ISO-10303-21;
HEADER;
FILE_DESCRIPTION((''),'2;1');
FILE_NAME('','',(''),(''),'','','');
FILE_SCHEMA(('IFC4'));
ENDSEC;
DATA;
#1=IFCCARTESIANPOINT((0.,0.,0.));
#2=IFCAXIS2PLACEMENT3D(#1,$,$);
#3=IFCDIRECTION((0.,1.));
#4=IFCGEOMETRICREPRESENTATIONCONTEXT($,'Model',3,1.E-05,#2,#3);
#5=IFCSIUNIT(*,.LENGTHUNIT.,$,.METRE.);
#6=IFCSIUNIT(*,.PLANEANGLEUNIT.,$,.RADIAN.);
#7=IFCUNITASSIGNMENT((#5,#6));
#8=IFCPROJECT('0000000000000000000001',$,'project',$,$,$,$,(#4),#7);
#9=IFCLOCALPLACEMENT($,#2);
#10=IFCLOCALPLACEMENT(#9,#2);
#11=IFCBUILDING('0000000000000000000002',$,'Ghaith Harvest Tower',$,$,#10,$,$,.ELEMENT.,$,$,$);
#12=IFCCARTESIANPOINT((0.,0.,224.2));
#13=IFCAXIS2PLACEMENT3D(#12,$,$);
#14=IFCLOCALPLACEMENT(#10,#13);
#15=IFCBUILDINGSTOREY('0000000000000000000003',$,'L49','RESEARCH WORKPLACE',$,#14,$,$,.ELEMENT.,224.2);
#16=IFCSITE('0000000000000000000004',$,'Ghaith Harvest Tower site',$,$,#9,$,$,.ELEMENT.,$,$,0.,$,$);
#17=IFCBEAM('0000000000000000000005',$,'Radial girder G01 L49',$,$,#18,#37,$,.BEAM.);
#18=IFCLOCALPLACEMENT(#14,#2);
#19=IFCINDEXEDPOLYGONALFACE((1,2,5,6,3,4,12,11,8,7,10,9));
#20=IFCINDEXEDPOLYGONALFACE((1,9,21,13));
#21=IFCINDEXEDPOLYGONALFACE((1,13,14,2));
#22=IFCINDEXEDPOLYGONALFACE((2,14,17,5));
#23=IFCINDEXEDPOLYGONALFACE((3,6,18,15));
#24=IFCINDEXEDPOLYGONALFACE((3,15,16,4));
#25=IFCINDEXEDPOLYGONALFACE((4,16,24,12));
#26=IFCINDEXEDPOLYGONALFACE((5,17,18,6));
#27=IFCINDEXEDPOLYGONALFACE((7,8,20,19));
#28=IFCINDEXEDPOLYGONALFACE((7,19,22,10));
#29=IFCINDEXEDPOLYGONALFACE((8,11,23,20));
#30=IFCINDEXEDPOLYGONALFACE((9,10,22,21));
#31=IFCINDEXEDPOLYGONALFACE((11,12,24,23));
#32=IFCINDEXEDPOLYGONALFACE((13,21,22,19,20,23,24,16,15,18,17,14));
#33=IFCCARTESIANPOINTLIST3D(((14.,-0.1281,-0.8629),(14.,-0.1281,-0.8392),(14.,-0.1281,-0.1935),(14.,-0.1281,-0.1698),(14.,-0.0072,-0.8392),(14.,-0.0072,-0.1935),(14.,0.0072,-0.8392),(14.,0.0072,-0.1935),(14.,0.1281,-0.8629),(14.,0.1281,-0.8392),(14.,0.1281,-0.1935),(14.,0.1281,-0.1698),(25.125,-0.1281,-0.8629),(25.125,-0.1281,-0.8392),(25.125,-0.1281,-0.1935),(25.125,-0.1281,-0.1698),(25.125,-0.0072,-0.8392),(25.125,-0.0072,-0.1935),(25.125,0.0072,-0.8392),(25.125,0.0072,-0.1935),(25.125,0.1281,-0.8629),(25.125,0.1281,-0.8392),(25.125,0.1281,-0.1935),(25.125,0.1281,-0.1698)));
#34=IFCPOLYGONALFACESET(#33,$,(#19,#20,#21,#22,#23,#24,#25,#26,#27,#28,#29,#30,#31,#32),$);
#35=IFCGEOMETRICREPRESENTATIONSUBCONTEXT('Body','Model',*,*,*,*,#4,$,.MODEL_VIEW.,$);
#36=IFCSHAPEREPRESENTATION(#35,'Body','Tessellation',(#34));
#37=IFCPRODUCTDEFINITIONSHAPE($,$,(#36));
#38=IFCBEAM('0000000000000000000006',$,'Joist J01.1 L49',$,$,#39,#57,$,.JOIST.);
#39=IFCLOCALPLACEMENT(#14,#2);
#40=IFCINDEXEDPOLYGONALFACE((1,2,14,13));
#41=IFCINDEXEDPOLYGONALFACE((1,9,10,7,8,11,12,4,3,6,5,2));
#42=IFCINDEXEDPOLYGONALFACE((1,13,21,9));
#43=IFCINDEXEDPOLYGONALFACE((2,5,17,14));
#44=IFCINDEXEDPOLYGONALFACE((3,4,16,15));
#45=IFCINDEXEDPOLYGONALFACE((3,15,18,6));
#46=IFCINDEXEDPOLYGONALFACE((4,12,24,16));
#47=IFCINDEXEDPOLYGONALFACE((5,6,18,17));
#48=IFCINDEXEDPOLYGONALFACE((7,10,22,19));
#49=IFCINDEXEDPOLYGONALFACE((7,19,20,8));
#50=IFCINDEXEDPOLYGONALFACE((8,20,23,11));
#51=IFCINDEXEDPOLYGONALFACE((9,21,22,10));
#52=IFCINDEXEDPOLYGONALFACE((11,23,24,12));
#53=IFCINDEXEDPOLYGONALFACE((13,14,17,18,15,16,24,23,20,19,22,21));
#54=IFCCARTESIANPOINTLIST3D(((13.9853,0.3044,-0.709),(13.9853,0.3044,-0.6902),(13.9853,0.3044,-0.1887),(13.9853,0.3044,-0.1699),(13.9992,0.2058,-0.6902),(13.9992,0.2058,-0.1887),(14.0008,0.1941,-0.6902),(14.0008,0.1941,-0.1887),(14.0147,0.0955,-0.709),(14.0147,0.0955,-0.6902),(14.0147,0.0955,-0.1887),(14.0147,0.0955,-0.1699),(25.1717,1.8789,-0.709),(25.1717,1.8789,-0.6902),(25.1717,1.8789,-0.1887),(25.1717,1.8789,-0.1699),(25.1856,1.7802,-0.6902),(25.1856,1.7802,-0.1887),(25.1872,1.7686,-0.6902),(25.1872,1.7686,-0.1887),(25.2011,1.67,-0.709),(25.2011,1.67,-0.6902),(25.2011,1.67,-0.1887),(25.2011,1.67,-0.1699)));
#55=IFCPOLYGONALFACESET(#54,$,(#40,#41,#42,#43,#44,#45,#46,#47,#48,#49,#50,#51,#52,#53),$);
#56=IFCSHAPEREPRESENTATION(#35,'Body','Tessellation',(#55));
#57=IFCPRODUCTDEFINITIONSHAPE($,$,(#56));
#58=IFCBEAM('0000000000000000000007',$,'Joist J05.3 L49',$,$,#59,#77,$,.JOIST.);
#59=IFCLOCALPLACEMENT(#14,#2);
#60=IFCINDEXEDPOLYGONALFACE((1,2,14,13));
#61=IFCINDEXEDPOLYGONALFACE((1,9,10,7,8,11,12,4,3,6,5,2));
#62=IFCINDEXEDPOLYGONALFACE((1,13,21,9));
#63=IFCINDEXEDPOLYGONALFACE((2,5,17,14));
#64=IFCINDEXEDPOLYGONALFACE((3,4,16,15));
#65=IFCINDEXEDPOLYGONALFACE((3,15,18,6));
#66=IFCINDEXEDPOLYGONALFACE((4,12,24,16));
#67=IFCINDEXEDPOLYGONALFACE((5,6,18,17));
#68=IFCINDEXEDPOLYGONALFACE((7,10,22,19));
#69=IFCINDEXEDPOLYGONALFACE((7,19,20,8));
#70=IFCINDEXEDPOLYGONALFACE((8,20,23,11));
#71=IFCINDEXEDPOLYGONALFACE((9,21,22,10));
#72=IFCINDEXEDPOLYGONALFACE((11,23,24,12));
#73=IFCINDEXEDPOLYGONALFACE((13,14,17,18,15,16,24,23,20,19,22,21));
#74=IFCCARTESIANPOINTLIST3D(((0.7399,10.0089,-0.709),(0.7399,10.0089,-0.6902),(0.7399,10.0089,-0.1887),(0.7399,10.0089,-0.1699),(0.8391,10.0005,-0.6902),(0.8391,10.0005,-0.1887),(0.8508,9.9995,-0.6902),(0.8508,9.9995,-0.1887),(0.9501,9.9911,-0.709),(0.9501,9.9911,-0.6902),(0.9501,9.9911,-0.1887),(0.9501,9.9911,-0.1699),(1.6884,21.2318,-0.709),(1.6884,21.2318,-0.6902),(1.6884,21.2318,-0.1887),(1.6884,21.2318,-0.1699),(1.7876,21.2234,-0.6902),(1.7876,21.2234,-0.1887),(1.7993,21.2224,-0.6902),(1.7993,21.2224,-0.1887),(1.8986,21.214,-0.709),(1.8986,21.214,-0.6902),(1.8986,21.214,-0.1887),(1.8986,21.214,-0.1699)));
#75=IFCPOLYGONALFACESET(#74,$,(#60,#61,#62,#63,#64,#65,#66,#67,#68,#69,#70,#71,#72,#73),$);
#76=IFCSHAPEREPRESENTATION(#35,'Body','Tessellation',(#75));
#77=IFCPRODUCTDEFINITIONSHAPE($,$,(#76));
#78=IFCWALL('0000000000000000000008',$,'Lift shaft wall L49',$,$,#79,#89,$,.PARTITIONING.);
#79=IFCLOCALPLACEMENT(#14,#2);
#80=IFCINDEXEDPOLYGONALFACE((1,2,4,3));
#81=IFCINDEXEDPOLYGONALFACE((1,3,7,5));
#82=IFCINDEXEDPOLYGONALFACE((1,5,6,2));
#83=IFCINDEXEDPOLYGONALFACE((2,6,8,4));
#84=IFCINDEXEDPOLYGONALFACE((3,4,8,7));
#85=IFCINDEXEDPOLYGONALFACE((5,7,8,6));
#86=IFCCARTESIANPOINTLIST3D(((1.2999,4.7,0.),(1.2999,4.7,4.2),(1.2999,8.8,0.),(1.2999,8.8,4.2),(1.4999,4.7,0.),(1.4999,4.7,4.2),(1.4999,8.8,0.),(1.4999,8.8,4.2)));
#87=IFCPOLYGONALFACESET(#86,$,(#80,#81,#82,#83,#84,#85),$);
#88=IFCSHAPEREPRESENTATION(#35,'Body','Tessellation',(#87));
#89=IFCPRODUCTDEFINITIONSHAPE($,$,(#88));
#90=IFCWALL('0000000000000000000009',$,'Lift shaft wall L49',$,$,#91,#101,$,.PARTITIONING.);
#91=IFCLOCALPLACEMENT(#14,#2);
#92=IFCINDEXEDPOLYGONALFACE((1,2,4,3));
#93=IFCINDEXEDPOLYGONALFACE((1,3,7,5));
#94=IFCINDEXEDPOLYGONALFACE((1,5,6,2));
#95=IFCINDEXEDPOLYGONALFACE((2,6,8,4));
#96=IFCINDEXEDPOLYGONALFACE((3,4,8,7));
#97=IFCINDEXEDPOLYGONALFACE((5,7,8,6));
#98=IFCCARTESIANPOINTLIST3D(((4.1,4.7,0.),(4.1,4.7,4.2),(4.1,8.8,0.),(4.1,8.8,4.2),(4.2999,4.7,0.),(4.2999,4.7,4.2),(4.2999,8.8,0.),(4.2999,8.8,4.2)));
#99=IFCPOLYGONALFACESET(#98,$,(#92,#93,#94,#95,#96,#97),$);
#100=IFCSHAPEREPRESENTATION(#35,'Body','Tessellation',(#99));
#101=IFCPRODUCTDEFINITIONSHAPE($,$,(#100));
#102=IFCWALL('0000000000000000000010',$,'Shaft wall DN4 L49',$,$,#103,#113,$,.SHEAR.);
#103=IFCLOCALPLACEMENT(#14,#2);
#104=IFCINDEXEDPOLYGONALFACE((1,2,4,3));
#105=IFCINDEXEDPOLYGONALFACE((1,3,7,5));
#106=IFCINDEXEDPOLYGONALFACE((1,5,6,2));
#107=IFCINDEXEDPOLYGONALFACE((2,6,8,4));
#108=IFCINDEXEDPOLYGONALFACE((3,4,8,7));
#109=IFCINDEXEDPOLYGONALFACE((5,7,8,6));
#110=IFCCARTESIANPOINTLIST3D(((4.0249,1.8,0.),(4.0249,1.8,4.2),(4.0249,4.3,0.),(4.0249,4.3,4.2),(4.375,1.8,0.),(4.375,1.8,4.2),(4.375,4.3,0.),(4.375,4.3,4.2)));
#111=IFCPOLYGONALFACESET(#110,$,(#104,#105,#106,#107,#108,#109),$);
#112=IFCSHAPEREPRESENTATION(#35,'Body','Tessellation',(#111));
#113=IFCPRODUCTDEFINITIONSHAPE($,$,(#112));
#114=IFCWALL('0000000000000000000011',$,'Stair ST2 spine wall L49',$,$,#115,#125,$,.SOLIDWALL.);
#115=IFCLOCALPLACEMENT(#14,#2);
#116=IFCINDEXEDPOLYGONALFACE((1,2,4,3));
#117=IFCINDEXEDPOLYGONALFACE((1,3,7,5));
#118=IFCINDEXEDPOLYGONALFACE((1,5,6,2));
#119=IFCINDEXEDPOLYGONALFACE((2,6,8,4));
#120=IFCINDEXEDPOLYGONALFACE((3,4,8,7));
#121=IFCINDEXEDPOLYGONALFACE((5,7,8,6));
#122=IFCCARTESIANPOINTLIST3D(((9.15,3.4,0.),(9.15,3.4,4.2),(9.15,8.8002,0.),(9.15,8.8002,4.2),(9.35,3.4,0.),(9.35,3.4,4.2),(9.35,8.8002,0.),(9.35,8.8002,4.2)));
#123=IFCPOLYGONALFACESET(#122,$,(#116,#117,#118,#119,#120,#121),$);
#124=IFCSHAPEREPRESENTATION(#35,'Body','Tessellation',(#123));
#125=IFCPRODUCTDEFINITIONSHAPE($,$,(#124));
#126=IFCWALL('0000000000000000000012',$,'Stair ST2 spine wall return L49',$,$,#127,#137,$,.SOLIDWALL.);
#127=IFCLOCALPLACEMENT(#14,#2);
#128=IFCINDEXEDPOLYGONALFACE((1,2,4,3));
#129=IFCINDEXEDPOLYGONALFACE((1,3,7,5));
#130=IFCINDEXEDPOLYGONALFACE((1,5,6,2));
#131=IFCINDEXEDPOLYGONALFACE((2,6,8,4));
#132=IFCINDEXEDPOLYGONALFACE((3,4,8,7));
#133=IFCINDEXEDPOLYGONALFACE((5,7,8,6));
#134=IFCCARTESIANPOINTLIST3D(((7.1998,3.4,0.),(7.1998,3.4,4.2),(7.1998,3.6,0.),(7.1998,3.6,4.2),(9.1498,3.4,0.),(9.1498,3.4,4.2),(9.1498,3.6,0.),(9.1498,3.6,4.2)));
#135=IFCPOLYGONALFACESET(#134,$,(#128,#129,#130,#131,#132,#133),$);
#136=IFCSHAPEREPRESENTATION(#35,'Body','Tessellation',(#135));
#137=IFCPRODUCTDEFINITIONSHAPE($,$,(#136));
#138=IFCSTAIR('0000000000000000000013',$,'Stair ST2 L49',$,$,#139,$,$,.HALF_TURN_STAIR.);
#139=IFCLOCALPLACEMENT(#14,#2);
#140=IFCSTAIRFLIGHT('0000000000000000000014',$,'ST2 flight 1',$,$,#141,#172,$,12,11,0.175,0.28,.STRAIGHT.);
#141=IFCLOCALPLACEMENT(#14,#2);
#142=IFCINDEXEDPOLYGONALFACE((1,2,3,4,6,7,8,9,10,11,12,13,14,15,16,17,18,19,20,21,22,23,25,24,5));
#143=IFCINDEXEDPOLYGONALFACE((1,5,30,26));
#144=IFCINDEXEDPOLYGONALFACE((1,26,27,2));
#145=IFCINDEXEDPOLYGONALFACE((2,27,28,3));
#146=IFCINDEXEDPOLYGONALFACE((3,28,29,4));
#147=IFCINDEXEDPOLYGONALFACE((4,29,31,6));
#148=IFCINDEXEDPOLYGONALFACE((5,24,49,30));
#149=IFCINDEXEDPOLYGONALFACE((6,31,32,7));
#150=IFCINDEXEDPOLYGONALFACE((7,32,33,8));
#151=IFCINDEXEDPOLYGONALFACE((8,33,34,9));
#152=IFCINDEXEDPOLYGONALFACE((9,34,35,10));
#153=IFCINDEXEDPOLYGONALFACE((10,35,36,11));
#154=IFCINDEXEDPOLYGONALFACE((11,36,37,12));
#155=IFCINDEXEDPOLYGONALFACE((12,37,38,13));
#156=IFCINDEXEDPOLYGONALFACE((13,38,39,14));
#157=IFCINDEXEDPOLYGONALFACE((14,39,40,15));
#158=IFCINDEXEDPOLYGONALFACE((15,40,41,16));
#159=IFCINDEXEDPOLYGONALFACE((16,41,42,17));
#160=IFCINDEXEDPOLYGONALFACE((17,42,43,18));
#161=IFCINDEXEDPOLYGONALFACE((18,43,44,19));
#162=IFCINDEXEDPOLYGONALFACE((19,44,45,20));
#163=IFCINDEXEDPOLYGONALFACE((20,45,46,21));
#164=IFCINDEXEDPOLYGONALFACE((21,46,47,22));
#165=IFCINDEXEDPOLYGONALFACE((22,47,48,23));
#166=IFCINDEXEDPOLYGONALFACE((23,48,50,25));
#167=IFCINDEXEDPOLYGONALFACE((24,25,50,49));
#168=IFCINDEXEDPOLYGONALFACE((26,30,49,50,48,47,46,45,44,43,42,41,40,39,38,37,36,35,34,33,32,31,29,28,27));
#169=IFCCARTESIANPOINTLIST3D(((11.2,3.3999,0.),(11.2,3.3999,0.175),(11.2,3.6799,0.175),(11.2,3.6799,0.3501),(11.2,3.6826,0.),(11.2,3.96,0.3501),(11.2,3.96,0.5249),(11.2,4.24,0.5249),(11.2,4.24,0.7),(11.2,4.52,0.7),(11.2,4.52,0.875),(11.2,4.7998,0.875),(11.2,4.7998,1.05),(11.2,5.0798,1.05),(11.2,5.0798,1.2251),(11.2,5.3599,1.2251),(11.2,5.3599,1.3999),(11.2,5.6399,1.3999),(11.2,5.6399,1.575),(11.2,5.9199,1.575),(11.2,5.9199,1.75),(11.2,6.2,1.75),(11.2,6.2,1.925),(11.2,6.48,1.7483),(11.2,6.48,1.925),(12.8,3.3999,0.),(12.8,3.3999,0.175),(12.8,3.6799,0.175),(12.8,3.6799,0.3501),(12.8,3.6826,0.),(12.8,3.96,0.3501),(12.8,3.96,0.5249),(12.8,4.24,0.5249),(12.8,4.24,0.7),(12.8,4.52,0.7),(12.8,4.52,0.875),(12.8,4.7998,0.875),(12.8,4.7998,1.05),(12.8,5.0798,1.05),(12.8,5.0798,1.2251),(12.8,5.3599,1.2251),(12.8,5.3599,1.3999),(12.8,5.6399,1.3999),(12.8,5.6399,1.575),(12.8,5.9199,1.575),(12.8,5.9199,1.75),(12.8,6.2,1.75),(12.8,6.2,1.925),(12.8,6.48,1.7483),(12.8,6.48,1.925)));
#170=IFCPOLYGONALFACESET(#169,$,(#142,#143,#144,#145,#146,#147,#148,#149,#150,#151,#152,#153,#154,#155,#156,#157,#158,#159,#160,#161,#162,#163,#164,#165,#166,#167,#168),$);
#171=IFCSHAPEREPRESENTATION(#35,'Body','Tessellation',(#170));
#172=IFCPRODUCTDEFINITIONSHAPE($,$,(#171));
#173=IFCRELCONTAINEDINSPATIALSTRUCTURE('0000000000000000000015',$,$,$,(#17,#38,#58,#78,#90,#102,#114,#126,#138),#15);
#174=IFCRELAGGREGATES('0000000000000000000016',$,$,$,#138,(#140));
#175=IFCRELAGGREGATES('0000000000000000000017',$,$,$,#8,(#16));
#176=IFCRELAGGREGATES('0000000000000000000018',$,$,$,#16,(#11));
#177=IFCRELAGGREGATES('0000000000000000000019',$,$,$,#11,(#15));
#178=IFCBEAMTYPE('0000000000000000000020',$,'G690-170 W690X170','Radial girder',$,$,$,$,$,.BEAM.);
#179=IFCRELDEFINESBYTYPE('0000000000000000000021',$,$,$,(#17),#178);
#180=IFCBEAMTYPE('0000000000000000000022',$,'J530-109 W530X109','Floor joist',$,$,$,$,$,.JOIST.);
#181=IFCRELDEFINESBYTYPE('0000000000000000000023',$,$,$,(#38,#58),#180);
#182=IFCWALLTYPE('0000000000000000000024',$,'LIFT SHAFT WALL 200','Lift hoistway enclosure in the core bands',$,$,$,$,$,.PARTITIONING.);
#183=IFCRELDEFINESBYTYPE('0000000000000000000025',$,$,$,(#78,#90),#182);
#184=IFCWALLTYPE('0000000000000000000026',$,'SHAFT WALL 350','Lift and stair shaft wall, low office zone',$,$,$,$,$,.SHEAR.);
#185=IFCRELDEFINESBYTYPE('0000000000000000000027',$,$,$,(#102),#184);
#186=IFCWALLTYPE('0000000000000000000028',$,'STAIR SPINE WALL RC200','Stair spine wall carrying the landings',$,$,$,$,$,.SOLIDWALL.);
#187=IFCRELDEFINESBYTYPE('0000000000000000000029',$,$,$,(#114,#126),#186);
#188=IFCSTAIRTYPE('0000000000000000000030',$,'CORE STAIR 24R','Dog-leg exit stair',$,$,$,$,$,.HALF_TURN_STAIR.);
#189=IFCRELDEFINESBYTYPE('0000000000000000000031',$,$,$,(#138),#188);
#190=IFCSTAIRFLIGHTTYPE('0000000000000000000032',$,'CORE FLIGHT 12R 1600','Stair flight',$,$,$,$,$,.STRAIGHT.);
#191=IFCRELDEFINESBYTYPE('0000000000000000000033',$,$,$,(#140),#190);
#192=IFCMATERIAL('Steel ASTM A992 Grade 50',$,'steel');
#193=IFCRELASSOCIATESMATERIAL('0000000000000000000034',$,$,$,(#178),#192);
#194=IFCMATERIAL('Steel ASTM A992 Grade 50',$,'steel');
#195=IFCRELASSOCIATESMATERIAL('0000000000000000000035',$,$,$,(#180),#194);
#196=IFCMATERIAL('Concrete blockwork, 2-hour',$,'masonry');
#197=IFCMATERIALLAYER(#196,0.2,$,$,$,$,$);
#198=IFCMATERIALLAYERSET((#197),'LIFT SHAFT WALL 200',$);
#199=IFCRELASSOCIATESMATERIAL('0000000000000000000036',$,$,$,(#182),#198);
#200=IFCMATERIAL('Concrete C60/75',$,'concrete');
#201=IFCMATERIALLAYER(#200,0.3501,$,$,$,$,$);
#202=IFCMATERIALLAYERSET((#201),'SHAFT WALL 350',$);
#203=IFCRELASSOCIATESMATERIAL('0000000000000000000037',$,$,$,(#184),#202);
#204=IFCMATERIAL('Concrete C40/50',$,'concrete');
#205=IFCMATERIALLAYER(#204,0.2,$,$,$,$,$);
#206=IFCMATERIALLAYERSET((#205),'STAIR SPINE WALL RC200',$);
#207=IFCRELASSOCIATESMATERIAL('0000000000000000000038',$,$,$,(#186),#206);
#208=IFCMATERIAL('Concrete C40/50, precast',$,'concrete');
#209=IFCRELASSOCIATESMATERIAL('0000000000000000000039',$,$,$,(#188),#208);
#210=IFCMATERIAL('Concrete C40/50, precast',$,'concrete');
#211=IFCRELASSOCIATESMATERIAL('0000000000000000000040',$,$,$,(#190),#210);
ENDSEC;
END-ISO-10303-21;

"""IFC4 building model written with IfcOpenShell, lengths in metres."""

from ifc_helpers import new_model, si_unit, direction, frame, frame_2d, origin, origin_2d, place, context, subcontext, project, spatial, polyline, rectangle, i_section, outline, extrude, material, layer, layer_set, material_profile, profile_set, type_object, element, aggregate, save


model = new_model("IFC4")

# Units and contexts
model_context = context("Model", 3, precision=1e-05, world=origin(), true_north=direction((0.0, 1.0)))
body_context = subcontext(model_context, "Body", "Model", "MODEL_VIEW")
ifc_project = project(units=[si_unit("LENGTHUNIT", "METRE"), si_unit("PLANEANGLEUNIT", "RADIAN")], contexts=[model_context])

# Site, building, storey
site_placement = place(None, origin())
site = spatial("IfcSite", under=ifc_project, at=site_placement, Name="Ghaith Harvest Tower site", CompositionType="ELEMENT", RefElevation=0.0)
building_placement = place(site_placement, origin())
building = spatial("IfcBuilding", under=site, at=building_placement, Name="Ghaith Harvest Tower", CompositionType="ELEMENT")
storey_placement = place(building_placement, frame((0.0, 0.0, 224.2)))
storey = spatial("IfcBuildingStorey", under=building, at=storey_placement, Name="L49", Description="RESEARCH WORKPLACE", CompositionType="ELEMENT", Elevation=224.2)

# Beams
ifc_material_1 = material(Name="Steel ASTM A992 Grade 50", Category="steel")
ifc_material_profile_1 = material_profile(ifc_material_1, i_section(OverallWidth=0.2561, OverallDepth=0.6931, WebThickness=0.0144, FlangeThickness=0.0237, at=origin_2d()), Name="W690X170")
ifc_profile_set_1 = profile_set([ifc_material_profile_1], Name="Steel ASTM A992 Grade 50")
beam_type_1 = type_object("IfcBeamType", Name="G690-170 W690X170", Description="Radial girder", PredefinedType="BEAM", material=ifc_profile_set_1)
beam_1_placement = place(storey_placement, frame((14.0, 0.0, -0.5164), z_axis=(1.0, 0.0, 0.0), x_axis=(0.0, 1.0, 0.0)))
element("IfcBeam", 1, at=beam_1_placement, inside=storey, type_object=beam_type_1, Name="Radial girder G01 L49", PredefinedType="BEAM", context=body_context, shape_type="SweptSolid", body=[
    extrude(i_section(OverallWidth=0.2561, OverallDepth=0.6931, WebThickness=0.0144, FlangeThickness=0.0237, at=origin_2d()), origin(), (0.0, 0.0, 1.0), 11.125),
])
ifc_material_2 = material(Name="Steel ASTM A992 Grade 50", Category="steel")
ifc_material_profile_2 = material_profile(ifc_material_2, i_section(OverallWidth=0.2109, OverallDepth=0.5391, WebThickness=0.0117, FlangeThickness=0.0188, at=origin_2d()), Name="W530X109")
ifc_profile_set_2 = profile_set([ifc_material_profile_2], Name="Steel ASTM A992 Grade 50")
beam_type_2 = type_object("IfcBeamType", Name="J530-109 W530X109", Description="Floor joist", PredefinedType="JOIST", material=ifc_profile_set_2)
beam_2_placement = place(storey_placement, frame((14.0, 0.2, -0.4395), z_axis=(0.99024, 0.139376, 0.0), x_axis=(-0.139376, 0.99024, 0.0)))
element("IfcBeam", 2, at=beam_2_placement, inside=storey, type_object=beam_type_2, Name="Joist J01.1 L49", PredefinedType="JOIST", context=body_context, shape_type="SweptSolid", body=[
    extrude(i_section(OverallWidth=0.2109, OverallDepth=0.5391, WebThickness=0.0117, FlangeThickness=0.0188, at=origin_2d()), origin(), (0.0, 0.0, 1.0), 11.2966),
])
beam_3_placement = place(storey_placement, frame((0.845, 10.0, -0.4395), z_axis=(0.084213, 0.996448, 0.0), x_axis=(-0.996448, 0.084213, 0.0)))
element("IfcBeam", 3, at=beam_3_placement, inside=storey, type_object=beam_type_2, Name="Joist J05.3 L49", PredefinedType="JOIST", context=body_context, shape_type="SweptSolid", body=[
    extrude(i_section(OverallWidth=0.2109, OverallDepth=0.5391, WebThickness=0.0117, FlangeThickness=0.0188, at=origin_2d()), origin(), (0.0, 0.0, 1.0), 11.2629),
])

# Walls
ifc_material_3 = material(Name="Concrete blockwork, 2-hour", Category="masonry")
ifc_layer_1 = layer(ifc_material_3, 0.2)
ifc_layer_set_1 = layer_set([ifc_layer_1], Name="LIFT SHAFT WALL 200")
wall_type_1 = type_object("IfcWallType", Name="LIFT SHAFT WALL 200", Description="Lift hoistway enclosure in the core bands", PredefinedType="PARTITIONING", material=ifc_layer_set_1)
for number, where, z_axis, x_axis, name in (
    (4, (1.3999, 4.7, 0.0), (0.0, 0.0, 1.0), (0.0, 1.0, 0.0), "Lift shaft wall L49"),
    (5, (4.2, 4.7, 0.0), (0.0, 0.0, 1.0), (0.0, 1.0, 0.0), "Lift shaft wall L49"),
):
    element("IfcWall", number, at=place(storey_placement, frame(where, z_axis=z_axis, x_axis=x_axis)), inside=storey, type_object=wall_type_1, Name=name, PredefinedType="PARTITIONING", context=body_context, shape_type="SweptSolid", body=[
        extrude(rectangle(XDim=4.1001, YDim=0.2, at=frame_2d((2.05, 0.0))), origin(), (0.0, 0.0, 1.0), 4.2),
    ])

# Shared definitions
ifc_material_4 = material(Name="Concrete C60/75", Category="concrete")
ifc_layer_2 = layer(ifc_material_4, 0.3501)
ifc_layer_set_2 = layer_set([ifc_layer_2], Name="SHAFT WALL 350")
wall_type_2 = type_object("IfcWallType", Name="SHAFT WALL 350", Description="Lift and stair shaft wall, low office zone", PredefinedType="SHEAR", material=ifc_layer_set_2)

# Walls
wall_1_placement = place(storey_placement, frame((4.2, 1.8, 0.0), z_axis=(0.0, 0.0, 1.0), x_axis=(0.0, 1.0, 0.0)))
element("IfcWall", 6, at=wall_1_placement, inside=storey, type_object=wall_type_2, Name="Shaft wall DN4 L49", PredefinedType="SHEAR", context=body_context, shape_type="SweptSolid", body=[
    extrude(rectangle(XDim=2.5, YDim=0.3501, at=frame_2d((1.25, 0.0))), origin(), (0.0, 0.0, 1.0), 4.2),
])
ifc_material_5 = material(Name="Concrete C40/50", Category="concrete")
ifc_layer_3 = layer(ifc_material_5, 0.2)
ifc_layer_set_3 = layer_set([ifc_layer_3], Name="STAIR SPINE WALL RC200")
wall_type_3 = type_object("IfcWallType", Name="STAIR SPINE WALL RC200", Description="Stair spine wall carrying the landings", PredefinedType="SOLIDWALL", material=ifc_layer_set_3)
wall_2_placement = place(storey_placement, frame((9.25, 3.3999, 0.0), z_axis=(0.0, 0.0, 1.0), x_axis=(0.0, 1.0, 0.0)))
element("IfcWall", 7, at=wall_2_placement, inside=storey, type_object=wall_type_3, Name="Stair ST2 spine wall L49", PredefinedType="SOLIDWALL", context=body_context, shape_type="SweptSolid", body=[
    extrude(rectangle(XDim=5.4001, YDim=0.2, at=frame_2d((2.7002, 0.0))), origin(), (0.0, 0.0, 1.0), 4.2),
])
wall_3_placement = place(storey_placement, frame((9.1499, 3.5, 0.0), z_axis=(0.0, 0.0, 1.0), x_axis=(-1.0, 0.0, 0.0)))
element("IfcWall", 8, at=wall_3_placement, inside=storey, type_object=wall_type_3, Name="Stair ST2 spine wall return L49", PredefinedType="SOLIDWALL", context=body_context, shape_type="SweptSolid", body=[
    extrude(rectangle(XDim=1.95, YDim=0.2, at=frame_2d((0.9751, 0.0))), origin(), (0.0, 0.0, 1.0), 4.2),
])

# Stair, stair flight
ifc_material_6 = material(Name="Concrete C40/50, precast", Category="concrete")
stair_type = type_object("IfcStairType", Name="CORE STAIR 24R", Description="Dog-leg exit stair", PredefinedType="HALF_TURN_STAIR", material=ifc_material_6)
stair_placement = place(storey_placement, origin())
stair = element("IfcStair", 9, at=stair_placement, inside=storey, type_object=stair_type, Name="Stair ST2 L49", PredefinedType="HALF_TURN_STAIR")
ifc_material_7 = material(Name="Concrete C40/50, precast", Category="concrete")
stair_flight_type = type_object("IfcStairFlightType", Name="CORE FLIGHT 12R 1600", Description="Stair flight", PredefinedType="STRAIGHT", material=ifc_material_7)
stair_flight_1_placement = place(storey_placement, frame((12.0, 3.3999, 0.0), z_axis=(0.0, 0.0, 1.0), x_axis=(0.0, 1.0, 0.0)))
stair_flight_1 = element("IfcStairFlight", 10, at=stair_flight_1_placement, type_object=stair_flight_type, Name="ST2 flight 1", NumberOfRisers=12, NumberOfTreads=11, PredefinedType="STRAIGHT", RiserHeight=0.175, TreadLength=0.28, context=body_context, shape_type="SweptSolid", body=[
    extrude(outline(polyline([(0.0, 0.0), (0.0, 0.175), (0.28, 0.175), (0.28, 0.3501), (0.5601, 0.3501), (0.5601, 0.5249), (0.8401, 0.5249), (0.8401, 0.7), (1.1201, 0.7), (1.1201, 0.875), (1.3999, 0.875), (1.3999, 1.05), (1.6799, 1.05), (1.6799, 1.2251), (1.96, 1.2251), (1.96, 1.3999), (2.24, 1.3999), (2.24, 1.575), (2.52, 1.575), (2.52, 1.75), (2.8, 1.75), (2.8, 1.925), (3.0801, 1.925), (3.0801, 2.1001), (3.0801, 1.7483), (0.2827, 0.0), (0.0, 0.0)])), frame((0.0, 0.8, 0.0), z_axis=(0.0, -1.0, 0.0), x_axis=(1.0, 0.0, 0.0)), (0.0, 0.0, 1.0), 1.6001),
])
aggregate(stair, [stair_flight_1])

save(model, "model.ifc")
